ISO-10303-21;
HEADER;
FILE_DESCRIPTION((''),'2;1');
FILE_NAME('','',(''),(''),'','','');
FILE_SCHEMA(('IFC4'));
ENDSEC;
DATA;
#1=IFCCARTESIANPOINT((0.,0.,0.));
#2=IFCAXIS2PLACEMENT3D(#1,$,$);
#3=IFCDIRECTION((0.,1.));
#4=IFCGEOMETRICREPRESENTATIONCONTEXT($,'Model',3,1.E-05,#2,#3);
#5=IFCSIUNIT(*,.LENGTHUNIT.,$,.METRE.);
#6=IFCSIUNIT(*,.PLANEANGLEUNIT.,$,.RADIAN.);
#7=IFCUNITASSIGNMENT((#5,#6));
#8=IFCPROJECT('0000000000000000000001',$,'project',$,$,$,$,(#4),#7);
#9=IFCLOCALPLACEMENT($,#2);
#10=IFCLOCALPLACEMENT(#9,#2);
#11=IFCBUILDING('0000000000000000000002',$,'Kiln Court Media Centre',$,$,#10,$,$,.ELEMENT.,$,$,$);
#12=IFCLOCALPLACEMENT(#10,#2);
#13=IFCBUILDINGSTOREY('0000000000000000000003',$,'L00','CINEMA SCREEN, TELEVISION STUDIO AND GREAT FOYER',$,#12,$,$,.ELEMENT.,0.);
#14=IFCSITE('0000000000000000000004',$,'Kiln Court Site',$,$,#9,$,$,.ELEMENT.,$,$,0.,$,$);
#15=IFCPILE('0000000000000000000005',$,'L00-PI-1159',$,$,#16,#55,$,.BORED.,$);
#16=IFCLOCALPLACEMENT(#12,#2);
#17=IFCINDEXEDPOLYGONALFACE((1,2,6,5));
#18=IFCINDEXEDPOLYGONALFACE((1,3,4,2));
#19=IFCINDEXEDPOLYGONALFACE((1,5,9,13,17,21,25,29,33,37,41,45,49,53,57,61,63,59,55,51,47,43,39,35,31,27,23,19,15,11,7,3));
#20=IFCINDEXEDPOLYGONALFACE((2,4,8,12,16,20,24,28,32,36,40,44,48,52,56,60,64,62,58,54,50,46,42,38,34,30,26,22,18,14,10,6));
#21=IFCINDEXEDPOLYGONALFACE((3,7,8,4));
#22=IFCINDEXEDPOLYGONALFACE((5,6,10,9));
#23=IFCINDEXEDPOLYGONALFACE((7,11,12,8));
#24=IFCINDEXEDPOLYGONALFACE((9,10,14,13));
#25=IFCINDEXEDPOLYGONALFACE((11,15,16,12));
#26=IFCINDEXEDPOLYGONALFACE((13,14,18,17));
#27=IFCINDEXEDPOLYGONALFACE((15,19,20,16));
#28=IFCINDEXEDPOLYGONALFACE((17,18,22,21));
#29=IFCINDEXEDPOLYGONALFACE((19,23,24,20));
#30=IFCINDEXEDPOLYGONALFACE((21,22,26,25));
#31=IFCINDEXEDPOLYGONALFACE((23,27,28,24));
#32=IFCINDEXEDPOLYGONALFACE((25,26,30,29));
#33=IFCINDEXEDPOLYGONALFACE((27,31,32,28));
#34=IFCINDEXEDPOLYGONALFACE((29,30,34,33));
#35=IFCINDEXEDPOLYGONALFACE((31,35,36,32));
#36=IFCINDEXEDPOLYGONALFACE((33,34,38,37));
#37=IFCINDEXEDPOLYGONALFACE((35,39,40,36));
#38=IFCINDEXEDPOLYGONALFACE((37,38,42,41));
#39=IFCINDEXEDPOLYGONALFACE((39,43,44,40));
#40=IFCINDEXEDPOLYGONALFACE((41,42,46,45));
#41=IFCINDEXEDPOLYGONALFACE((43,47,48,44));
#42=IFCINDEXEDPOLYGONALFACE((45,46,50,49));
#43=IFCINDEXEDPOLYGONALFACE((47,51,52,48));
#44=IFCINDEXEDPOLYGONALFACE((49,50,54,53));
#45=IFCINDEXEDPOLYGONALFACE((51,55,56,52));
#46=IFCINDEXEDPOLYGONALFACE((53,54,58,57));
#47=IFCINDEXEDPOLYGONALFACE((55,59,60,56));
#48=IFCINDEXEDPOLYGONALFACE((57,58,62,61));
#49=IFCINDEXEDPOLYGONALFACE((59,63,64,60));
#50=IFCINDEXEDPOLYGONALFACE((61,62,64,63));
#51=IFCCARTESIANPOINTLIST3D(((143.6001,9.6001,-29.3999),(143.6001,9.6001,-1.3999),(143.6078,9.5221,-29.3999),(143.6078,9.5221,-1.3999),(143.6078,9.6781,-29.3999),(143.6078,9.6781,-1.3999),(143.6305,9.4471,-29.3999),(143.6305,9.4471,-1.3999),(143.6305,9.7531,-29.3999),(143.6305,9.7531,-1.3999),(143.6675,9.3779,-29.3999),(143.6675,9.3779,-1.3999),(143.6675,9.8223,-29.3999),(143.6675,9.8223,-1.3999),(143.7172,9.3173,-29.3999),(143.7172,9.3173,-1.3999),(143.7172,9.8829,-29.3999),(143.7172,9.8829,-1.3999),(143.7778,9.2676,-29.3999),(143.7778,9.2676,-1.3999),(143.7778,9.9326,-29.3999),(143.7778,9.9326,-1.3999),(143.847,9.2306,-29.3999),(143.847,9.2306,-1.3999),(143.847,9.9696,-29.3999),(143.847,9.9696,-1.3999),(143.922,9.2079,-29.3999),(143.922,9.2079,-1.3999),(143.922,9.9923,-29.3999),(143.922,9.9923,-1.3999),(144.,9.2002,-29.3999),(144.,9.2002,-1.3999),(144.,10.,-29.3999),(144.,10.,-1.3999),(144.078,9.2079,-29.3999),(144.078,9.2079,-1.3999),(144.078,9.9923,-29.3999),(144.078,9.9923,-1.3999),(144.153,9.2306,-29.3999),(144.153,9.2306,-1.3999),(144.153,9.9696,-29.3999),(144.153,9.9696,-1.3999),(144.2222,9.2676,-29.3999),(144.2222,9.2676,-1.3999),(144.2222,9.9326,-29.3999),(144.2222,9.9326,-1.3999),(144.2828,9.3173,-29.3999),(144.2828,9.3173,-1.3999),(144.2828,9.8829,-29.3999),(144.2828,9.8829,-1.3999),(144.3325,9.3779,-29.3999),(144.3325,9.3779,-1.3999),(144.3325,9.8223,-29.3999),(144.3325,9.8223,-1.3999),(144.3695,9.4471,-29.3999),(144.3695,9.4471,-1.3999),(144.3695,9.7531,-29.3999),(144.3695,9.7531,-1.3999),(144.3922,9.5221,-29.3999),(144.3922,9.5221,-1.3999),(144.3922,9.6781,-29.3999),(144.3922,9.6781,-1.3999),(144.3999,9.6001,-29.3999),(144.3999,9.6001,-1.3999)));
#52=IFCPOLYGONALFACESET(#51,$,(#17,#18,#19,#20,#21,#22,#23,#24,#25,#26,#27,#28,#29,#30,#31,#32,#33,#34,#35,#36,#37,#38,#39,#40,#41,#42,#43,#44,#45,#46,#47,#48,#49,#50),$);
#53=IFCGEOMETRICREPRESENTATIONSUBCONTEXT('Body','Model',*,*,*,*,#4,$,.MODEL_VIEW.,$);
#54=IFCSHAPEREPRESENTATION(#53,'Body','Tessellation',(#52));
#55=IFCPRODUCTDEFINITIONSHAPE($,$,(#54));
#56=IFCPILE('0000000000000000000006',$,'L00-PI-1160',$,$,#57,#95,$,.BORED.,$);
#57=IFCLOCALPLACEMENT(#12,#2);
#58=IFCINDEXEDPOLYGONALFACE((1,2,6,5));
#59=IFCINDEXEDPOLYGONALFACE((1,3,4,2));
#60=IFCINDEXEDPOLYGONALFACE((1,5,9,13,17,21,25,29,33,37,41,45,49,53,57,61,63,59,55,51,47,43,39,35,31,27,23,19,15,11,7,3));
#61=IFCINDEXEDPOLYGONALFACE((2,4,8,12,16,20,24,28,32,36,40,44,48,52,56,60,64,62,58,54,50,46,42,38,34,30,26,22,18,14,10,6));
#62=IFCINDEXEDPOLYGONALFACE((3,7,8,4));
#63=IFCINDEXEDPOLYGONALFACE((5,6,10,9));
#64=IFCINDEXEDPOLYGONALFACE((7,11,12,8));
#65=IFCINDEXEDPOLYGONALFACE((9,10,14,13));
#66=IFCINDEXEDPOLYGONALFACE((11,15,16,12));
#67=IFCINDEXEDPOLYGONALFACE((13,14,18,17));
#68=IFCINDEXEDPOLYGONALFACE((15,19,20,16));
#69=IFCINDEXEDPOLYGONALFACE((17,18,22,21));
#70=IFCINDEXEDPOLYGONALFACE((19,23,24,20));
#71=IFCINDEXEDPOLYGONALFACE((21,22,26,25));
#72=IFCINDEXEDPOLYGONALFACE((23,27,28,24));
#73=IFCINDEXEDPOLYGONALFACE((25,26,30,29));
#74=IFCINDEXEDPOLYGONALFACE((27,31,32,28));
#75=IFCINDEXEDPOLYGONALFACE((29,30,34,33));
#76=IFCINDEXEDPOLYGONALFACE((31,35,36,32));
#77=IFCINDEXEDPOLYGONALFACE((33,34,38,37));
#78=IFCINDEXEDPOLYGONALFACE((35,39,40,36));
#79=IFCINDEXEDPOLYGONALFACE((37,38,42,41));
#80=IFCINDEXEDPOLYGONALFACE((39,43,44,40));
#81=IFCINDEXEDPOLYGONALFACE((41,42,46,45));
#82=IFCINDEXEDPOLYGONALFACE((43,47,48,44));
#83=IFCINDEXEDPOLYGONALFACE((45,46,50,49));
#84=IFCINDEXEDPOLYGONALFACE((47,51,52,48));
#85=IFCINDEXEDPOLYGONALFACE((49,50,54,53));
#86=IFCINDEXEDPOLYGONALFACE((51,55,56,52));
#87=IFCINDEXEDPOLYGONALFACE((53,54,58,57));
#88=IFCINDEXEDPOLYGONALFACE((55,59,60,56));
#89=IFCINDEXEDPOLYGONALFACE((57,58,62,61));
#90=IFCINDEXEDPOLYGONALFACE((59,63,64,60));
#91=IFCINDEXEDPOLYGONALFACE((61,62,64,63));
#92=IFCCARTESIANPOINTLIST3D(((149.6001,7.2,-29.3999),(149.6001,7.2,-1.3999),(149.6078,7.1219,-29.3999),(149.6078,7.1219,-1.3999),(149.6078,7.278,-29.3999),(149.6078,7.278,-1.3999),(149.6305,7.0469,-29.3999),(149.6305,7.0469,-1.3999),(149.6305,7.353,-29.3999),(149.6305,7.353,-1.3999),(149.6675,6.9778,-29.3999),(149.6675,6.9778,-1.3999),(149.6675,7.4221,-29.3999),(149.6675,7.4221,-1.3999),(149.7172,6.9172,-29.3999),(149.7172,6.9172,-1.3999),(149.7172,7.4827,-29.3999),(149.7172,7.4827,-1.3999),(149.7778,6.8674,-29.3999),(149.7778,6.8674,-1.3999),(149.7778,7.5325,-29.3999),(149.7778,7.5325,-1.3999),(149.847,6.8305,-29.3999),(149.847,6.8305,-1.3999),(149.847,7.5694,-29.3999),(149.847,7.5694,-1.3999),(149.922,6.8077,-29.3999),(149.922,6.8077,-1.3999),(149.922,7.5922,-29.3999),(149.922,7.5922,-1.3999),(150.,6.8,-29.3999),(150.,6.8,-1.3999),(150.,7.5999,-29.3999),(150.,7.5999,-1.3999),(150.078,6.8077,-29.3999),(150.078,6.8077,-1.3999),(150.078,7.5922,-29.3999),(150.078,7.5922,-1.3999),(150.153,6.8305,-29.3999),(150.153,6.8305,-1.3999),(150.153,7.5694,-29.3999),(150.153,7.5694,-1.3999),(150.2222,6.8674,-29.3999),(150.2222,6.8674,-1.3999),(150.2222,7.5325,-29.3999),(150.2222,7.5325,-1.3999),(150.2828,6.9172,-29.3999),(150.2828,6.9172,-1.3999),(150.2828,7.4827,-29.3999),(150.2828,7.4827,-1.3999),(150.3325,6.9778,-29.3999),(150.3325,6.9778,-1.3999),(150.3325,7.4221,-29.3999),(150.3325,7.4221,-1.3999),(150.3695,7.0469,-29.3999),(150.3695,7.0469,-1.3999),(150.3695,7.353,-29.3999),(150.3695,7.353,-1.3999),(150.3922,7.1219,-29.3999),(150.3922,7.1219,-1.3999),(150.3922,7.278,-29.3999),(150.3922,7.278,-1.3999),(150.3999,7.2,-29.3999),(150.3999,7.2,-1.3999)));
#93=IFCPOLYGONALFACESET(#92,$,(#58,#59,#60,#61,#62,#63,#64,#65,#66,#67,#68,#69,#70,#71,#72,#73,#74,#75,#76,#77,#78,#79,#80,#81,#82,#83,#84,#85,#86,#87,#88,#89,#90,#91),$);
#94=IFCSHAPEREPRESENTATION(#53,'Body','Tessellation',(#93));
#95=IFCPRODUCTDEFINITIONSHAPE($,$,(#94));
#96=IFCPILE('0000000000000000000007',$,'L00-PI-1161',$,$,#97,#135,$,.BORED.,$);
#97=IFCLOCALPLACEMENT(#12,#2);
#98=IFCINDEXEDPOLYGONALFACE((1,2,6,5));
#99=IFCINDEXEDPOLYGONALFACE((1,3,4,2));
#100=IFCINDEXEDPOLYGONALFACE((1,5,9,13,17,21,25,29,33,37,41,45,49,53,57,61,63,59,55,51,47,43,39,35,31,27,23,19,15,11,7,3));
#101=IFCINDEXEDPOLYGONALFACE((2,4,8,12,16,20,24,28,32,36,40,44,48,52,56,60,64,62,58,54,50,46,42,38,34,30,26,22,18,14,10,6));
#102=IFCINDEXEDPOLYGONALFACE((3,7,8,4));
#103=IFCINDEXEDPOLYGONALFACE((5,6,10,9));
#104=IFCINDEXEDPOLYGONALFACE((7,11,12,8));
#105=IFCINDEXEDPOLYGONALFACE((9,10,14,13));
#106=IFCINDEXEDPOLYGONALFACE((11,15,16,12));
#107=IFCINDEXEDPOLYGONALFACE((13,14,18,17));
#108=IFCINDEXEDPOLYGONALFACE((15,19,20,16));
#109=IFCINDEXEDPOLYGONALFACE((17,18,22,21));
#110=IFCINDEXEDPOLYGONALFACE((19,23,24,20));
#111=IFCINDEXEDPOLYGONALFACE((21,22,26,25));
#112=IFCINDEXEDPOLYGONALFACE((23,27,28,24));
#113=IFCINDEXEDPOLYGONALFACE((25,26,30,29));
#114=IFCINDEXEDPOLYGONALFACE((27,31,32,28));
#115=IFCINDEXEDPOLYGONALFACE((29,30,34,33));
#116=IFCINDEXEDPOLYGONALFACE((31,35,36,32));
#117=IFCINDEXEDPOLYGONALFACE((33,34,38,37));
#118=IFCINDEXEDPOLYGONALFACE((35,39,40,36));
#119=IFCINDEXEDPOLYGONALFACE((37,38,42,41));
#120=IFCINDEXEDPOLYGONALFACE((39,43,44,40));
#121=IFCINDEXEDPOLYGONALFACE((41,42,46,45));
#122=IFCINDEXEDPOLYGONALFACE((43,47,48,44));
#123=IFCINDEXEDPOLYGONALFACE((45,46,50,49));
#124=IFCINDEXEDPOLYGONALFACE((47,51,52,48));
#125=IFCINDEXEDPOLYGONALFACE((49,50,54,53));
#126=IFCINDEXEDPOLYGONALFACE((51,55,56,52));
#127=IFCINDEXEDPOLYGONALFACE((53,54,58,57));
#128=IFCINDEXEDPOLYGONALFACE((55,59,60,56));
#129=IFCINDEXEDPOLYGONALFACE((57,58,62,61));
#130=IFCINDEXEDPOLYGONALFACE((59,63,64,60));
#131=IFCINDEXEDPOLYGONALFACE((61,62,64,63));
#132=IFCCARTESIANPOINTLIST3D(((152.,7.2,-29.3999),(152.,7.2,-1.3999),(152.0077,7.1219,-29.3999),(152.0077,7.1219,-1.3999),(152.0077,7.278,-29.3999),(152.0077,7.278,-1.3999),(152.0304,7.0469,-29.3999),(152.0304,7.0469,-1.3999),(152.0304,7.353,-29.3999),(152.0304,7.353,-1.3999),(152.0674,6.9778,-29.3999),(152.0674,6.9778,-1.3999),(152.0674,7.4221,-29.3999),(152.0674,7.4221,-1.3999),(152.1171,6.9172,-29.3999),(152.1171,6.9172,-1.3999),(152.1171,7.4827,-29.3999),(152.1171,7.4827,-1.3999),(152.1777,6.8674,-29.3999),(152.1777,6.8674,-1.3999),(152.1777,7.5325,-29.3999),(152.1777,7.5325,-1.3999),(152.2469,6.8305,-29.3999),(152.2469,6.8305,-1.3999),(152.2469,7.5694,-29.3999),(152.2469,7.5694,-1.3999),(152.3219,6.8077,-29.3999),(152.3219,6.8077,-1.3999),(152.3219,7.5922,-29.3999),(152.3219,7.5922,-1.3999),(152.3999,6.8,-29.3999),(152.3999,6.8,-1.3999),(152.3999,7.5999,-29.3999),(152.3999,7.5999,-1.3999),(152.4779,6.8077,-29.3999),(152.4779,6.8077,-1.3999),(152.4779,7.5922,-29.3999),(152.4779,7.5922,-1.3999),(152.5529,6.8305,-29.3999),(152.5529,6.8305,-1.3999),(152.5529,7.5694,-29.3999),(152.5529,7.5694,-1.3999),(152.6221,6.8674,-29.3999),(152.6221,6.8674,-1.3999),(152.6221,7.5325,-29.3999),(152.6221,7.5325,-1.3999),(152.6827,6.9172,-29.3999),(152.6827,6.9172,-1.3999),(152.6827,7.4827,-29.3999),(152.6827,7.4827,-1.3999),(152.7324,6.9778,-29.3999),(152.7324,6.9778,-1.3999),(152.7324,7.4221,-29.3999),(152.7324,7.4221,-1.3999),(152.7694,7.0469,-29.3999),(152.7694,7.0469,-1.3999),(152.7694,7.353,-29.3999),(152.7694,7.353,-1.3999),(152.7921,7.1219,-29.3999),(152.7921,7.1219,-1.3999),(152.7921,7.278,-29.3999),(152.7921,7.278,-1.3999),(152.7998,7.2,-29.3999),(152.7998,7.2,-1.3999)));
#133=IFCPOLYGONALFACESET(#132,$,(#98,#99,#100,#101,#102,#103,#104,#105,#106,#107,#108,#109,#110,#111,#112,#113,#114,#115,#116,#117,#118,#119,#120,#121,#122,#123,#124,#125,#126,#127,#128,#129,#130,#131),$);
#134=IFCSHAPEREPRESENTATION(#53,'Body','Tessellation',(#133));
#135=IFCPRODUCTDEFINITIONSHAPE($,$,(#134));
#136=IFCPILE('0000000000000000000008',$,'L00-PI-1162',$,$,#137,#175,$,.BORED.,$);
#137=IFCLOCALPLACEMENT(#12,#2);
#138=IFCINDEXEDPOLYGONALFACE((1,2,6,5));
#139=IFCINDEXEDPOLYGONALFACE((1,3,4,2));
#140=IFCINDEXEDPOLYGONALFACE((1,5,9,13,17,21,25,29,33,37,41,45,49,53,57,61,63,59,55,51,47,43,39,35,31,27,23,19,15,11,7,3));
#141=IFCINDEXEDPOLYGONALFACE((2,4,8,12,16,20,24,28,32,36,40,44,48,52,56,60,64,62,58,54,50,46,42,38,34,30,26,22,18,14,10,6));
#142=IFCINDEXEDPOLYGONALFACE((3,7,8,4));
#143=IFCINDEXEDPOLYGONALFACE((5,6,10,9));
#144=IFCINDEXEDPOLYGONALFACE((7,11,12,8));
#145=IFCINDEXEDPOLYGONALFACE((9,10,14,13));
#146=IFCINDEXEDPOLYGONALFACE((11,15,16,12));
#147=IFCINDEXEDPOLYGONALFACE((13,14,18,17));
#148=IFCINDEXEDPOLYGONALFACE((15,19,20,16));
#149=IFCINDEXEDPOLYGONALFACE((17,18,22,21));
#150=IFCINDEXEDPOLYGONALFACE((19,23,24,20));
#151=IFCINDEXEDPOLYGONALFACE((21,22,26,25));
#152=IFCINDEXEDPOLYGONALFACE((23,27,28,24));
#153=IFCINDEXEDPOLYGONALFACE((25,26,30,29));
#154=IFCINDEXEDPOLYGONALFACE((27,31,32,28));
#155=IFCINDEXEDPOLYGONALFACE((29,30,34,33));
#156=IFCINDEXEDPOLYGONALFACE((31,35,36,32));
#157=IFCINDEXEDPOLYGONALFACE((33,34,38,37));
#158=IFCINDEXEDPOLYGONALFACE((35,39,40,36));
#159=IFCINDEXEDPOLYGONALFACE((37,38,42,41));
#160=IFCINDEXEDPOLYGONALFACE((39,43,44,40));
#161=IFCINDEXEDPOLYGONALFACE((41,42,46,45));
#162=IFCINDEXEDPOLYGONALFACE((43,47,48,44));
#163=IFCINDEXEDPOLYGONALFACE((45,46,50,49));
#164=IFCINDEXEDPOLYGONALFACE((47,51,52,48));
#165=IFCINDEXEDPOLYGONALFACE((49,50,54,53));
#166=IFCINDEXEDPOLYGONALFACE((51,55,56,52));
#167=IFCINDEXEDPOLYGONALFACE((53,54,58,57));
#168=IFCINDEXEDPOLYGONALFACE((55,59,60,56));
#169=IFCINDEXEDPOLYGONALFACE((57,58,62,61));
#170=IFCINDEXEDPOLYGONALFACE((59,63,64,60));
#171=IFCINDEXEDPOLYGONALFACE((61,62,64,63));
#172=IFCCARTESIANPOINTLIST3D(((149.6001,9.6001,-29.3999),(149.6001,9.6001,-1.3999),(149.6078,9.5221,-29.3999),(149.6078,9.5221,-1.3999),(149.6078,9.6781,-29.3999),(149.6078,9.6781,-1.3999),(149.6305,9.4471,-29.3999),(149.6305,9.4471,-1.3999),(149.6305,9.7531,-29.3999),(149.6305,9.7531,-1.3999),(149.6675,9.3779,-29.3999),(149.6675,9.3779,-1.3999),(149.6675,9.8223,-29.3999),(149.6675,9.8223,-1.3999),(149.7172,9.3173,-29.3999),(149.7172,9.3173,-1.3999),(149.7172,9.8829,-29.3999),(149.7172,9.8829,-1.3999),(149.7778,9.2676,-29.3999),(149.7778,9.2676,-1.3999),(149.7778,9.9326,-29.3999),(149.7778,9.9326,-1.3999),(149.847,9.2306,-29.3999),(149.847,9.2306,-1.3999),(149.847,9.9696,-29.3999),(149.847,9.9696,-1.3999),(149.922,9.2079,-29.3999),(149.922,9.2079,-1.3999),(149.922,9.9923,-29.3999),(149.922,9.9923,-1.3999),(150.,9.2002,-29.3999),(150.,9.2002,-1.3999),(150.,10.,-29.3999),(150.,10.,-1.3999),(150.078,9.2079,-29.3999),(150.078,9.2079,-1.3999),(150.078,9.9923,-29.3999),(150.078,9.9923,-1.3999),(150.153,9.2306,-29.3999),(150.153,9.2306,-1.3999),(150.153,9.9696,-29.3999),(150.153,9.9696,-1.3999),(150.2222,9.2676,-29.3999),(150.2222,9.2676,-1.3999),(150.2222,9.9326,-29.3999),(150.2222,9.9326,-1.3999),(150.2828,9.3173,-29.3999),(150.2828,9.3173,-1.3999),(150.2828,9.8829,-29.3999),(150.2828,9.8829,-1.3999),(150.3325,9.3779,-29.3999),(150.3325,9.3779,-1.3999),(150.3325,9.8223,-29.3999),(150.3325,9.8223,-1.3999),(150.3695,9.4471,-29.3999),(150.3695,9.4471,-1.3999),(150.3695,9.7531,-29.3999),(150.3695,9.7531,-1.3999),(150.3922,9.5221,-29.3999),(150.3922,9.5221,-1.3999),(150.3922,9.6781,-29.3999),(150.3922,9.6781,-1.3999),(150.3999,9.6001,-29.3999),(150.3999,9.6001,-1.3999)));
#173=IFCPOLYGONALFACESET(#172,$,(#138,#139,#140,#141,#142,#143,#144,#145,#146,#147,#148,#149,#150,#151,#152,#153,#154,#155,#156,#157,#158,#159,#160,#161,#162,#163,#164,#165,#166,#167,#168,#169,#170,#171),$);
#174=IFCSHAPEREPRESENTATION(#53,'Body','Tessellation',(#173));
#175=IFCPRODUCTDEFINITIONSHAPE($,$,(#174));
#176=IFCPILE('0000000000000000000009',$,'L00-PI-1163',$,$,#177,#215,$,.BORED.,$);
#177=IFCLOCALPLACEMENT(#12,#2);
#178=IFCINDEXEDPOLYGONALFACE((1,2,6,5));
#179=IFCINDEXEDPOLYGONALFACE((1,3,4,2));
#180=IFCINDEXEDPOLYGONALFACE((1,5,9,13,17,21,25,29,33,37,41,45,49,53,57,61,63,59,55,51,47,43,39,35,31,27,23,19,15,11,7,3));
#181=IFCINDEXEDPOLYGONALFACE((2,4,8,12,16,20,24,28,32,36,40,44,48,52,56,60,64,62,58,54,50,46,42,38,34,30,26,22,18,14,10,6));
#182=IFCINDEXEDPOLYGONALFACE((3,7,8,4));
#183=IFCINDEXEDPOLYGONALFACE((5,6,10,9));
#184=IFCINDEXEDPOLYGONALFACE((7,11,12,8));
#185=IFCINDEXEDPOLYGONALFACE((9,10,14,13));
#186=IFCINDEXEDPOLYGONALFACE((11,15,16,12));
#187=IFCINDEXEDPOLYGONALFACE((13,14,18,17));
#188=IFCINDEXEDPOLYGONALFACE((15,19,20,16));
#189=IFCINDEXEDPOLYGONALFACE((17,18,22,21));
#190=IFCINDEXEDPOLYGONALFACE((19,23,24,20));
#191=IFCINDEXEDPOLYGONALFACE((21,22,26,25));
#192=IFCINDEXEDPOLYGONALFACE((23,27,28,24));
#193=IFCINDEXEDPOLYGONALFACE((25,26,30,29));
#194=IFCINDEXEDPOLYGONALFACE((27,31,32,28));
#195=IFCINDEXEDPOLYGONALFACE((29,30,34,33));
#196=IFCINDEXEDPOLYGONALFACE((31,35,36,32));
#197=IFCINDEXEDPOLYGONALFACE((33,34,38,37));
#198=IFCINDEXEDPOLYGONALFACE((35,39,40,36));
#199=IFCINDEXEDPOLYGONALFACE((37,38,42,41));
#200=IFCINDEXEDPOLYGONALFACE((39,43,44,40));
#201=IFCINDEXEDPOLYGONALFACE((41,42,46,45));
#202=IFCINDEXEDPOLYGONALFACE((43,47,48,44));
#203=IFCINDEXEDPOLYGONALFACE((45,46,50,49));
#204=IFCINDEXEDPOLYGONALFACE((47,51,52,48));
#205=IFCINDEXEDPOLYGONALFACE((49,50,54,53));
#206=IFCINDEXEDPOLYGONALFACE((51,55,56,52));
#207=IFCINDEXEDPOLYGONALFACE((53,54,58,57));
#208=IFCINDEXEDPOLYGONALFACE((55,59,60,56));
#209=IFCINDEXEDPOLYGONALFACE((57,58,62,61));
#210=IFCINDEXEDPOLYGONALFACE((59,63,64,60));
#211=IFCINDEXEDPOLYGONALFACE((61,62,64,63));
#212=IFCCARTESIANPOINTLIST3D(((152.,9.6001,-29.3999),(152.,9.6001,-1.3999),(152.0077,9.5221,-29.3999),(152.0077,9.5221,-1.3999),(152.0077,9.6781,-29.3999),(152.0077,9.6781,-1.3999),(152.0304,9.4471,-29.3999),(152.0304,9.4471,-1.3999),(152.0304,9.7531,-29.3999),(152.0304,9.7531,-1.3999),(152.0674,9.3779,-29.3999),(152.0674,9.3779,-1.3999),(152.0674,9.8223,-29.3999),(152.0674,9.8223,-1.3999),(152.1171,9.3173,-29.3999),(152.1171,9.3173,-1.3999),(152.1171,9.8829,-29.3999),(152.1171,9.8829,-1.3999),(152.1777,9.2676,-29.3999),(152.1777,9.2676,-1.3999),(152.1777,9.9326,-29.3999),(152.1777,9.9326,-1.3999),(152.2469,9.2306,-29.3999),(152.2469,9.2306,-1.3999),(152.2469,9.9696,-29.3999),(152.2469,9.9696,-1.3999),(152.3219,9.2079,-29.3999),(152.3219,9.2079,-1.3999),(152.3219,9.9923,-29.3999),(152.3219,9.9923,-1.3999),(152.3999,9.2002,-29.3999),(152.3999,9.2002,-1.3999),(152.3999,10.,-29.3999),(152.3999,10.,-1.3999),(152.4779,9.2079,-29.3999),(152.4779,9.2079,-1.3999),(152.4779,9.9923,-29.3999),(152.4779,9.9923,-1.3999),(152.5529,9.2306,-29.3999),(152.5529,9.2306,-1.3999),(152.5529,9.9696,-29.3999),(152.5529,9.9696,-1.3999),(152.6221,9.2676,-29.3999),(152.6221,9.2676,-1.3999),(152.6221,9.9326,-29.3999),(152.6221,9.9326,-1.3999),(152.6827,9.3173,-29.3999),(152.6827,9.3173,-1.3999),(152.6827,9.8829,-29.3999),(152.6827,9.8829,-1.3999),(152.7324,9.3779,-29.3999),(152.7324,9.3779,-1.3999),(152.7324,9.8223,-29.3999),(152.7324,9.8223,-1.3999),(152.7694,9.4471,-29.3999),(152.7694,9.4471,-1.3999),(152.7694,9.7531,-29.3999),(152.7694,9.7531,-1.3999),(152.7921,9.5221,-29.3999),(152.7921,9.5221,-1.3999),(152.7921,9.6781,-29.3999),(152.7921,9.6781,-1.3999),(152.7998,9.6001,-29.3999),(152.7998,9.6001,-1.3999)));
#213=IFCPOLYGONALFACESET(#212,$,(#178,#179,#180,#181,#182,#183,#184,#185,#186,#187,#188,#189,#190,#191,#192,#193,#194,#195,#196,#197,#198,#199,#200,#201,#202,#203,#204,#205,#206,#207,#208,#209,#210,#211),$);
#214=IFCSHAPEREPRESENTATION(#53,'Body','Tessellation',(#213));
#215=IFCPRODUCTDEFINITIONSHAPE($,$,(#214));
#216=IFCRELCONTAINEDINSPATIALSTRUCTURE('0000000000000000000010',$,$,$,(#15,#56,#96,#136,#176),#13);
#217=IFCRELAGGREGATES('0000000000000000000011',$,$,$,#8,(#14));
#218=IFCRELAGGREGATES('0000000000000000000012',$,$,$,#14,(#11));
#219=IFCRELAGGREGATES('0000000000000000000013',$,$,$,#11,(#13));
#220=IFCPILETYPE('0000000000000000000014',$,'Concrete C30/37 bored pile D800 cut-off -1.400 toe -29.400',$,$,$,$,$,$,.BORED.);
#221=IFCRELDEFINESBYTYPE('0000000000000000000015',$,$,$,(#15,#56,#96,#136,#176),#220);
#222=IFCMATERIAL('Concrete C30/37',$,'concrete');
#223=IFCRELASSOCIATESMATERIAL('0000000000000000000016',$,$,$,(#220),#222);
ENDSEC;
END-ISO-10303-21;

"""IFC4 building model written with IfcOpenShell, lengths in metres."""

from ifc_helpers import new_model, si_unit, direction, frame, origin, origin_2d, place, context, subcontext, project, spatial, circle, extrude, material, material_profile, profile_set, type_object, element, save


model = new_model("IFC4")

# Units and contexts
model_context = context("Model", 3, precision=1e-05, world=origin(), true_north=direction((0.0, 1.0)))
body_context = subcontext(model_context, "Body", "Model", "MODEL_VIEW")
ifc_project = project(units=[si_unit("LENGTHUNIT", "METRE"), si_unit("PLANEANGLEUNIT", "RADIAN")], contexts=[model_context])

# Site, building, storey
site_placement = place(None, origin())
site = spatial("IfcSite", under=ifc_project, at=site_placement, Name="Kiln Court Site", CompositionType="ELEMENT", RefElevation=0.0)
building_placement = place(site_placement, origin())
building = spatial("IfcBuilding", under=site, at=building_placement, Name="Kiln Court Media Centre", CompositionType="ELEMENT")
storey_placement = place(building_placement, origin())
storey = spatial("IfcBuildingStorey", under=building, at=storey_placement, Name="L00", Description="CINEMA SCREEN, TELEVISION STUDIO AND GREAT FOYER", CompositionType="ELEMENT", Elevation=0.0)

# Piles
ifc_material_1 = material(Name="Concrete C30/37", Category="concrete")
ifc_material_profile_1 = material_profile(ifc_material_1, circle(Radius=0.3999, at=origin_2d()), Name="PILE D800")
ifc_profile_set_1 = profile_set([ifc_material_profile_1], Name="Concrete C30/37")
pile_type_1 = type_object("IfcPileType", Name="Concrete C30/37 bored pile D800 cut-off -1.400 toe -29.400", PredefinedType="BORED", material=ifc_profile_set_1)
for number, where, z_axis, x_axis, name in (
    (1, (144.0, 9.6001, -1.3999), (0.0, 0.0, -1.0), (1.0, 0.0, 0.0), "L00-PI-1159"),
    (2, (150.0, 7.2, -1.3999), (0.0, 0.0, -1.0), (1.0, 0.0, 0.0), "L00-PI-1160"),
    (3, (152.3999, 7.2, -1.3999), (0.0, 0.0, -1.0), (1.0, 0.0, 0.0), "L00-PI-1161"),
    (4, (150.0, 9.6001, -1.3999), (0.0, 0.0, -1.0), (1.0, 0.0, 0.0), "L00-PI-1162"),
    (5, (152.3999, 9.6001, -1.3999), (0.0, 0.0, -1.0), (1.0, 0.0, 0.0), "L00-PI-1163"),
):
    element("IfcPile", number, at=place(storey_placement, frame(where, z_axis=z_axis, x_axis=x_axis)), inside=storey, type_object=pile_type_1, Name=name, PredefinedType="BORED", context=body_context, shape_type="SweptSolid", body=[
        extrude(circle(Radius=0.3999, at=origin_2d()), origin(), (0.0, 0.0, 1.0), 28.0),
    ])

save(model, "model.ifc")
